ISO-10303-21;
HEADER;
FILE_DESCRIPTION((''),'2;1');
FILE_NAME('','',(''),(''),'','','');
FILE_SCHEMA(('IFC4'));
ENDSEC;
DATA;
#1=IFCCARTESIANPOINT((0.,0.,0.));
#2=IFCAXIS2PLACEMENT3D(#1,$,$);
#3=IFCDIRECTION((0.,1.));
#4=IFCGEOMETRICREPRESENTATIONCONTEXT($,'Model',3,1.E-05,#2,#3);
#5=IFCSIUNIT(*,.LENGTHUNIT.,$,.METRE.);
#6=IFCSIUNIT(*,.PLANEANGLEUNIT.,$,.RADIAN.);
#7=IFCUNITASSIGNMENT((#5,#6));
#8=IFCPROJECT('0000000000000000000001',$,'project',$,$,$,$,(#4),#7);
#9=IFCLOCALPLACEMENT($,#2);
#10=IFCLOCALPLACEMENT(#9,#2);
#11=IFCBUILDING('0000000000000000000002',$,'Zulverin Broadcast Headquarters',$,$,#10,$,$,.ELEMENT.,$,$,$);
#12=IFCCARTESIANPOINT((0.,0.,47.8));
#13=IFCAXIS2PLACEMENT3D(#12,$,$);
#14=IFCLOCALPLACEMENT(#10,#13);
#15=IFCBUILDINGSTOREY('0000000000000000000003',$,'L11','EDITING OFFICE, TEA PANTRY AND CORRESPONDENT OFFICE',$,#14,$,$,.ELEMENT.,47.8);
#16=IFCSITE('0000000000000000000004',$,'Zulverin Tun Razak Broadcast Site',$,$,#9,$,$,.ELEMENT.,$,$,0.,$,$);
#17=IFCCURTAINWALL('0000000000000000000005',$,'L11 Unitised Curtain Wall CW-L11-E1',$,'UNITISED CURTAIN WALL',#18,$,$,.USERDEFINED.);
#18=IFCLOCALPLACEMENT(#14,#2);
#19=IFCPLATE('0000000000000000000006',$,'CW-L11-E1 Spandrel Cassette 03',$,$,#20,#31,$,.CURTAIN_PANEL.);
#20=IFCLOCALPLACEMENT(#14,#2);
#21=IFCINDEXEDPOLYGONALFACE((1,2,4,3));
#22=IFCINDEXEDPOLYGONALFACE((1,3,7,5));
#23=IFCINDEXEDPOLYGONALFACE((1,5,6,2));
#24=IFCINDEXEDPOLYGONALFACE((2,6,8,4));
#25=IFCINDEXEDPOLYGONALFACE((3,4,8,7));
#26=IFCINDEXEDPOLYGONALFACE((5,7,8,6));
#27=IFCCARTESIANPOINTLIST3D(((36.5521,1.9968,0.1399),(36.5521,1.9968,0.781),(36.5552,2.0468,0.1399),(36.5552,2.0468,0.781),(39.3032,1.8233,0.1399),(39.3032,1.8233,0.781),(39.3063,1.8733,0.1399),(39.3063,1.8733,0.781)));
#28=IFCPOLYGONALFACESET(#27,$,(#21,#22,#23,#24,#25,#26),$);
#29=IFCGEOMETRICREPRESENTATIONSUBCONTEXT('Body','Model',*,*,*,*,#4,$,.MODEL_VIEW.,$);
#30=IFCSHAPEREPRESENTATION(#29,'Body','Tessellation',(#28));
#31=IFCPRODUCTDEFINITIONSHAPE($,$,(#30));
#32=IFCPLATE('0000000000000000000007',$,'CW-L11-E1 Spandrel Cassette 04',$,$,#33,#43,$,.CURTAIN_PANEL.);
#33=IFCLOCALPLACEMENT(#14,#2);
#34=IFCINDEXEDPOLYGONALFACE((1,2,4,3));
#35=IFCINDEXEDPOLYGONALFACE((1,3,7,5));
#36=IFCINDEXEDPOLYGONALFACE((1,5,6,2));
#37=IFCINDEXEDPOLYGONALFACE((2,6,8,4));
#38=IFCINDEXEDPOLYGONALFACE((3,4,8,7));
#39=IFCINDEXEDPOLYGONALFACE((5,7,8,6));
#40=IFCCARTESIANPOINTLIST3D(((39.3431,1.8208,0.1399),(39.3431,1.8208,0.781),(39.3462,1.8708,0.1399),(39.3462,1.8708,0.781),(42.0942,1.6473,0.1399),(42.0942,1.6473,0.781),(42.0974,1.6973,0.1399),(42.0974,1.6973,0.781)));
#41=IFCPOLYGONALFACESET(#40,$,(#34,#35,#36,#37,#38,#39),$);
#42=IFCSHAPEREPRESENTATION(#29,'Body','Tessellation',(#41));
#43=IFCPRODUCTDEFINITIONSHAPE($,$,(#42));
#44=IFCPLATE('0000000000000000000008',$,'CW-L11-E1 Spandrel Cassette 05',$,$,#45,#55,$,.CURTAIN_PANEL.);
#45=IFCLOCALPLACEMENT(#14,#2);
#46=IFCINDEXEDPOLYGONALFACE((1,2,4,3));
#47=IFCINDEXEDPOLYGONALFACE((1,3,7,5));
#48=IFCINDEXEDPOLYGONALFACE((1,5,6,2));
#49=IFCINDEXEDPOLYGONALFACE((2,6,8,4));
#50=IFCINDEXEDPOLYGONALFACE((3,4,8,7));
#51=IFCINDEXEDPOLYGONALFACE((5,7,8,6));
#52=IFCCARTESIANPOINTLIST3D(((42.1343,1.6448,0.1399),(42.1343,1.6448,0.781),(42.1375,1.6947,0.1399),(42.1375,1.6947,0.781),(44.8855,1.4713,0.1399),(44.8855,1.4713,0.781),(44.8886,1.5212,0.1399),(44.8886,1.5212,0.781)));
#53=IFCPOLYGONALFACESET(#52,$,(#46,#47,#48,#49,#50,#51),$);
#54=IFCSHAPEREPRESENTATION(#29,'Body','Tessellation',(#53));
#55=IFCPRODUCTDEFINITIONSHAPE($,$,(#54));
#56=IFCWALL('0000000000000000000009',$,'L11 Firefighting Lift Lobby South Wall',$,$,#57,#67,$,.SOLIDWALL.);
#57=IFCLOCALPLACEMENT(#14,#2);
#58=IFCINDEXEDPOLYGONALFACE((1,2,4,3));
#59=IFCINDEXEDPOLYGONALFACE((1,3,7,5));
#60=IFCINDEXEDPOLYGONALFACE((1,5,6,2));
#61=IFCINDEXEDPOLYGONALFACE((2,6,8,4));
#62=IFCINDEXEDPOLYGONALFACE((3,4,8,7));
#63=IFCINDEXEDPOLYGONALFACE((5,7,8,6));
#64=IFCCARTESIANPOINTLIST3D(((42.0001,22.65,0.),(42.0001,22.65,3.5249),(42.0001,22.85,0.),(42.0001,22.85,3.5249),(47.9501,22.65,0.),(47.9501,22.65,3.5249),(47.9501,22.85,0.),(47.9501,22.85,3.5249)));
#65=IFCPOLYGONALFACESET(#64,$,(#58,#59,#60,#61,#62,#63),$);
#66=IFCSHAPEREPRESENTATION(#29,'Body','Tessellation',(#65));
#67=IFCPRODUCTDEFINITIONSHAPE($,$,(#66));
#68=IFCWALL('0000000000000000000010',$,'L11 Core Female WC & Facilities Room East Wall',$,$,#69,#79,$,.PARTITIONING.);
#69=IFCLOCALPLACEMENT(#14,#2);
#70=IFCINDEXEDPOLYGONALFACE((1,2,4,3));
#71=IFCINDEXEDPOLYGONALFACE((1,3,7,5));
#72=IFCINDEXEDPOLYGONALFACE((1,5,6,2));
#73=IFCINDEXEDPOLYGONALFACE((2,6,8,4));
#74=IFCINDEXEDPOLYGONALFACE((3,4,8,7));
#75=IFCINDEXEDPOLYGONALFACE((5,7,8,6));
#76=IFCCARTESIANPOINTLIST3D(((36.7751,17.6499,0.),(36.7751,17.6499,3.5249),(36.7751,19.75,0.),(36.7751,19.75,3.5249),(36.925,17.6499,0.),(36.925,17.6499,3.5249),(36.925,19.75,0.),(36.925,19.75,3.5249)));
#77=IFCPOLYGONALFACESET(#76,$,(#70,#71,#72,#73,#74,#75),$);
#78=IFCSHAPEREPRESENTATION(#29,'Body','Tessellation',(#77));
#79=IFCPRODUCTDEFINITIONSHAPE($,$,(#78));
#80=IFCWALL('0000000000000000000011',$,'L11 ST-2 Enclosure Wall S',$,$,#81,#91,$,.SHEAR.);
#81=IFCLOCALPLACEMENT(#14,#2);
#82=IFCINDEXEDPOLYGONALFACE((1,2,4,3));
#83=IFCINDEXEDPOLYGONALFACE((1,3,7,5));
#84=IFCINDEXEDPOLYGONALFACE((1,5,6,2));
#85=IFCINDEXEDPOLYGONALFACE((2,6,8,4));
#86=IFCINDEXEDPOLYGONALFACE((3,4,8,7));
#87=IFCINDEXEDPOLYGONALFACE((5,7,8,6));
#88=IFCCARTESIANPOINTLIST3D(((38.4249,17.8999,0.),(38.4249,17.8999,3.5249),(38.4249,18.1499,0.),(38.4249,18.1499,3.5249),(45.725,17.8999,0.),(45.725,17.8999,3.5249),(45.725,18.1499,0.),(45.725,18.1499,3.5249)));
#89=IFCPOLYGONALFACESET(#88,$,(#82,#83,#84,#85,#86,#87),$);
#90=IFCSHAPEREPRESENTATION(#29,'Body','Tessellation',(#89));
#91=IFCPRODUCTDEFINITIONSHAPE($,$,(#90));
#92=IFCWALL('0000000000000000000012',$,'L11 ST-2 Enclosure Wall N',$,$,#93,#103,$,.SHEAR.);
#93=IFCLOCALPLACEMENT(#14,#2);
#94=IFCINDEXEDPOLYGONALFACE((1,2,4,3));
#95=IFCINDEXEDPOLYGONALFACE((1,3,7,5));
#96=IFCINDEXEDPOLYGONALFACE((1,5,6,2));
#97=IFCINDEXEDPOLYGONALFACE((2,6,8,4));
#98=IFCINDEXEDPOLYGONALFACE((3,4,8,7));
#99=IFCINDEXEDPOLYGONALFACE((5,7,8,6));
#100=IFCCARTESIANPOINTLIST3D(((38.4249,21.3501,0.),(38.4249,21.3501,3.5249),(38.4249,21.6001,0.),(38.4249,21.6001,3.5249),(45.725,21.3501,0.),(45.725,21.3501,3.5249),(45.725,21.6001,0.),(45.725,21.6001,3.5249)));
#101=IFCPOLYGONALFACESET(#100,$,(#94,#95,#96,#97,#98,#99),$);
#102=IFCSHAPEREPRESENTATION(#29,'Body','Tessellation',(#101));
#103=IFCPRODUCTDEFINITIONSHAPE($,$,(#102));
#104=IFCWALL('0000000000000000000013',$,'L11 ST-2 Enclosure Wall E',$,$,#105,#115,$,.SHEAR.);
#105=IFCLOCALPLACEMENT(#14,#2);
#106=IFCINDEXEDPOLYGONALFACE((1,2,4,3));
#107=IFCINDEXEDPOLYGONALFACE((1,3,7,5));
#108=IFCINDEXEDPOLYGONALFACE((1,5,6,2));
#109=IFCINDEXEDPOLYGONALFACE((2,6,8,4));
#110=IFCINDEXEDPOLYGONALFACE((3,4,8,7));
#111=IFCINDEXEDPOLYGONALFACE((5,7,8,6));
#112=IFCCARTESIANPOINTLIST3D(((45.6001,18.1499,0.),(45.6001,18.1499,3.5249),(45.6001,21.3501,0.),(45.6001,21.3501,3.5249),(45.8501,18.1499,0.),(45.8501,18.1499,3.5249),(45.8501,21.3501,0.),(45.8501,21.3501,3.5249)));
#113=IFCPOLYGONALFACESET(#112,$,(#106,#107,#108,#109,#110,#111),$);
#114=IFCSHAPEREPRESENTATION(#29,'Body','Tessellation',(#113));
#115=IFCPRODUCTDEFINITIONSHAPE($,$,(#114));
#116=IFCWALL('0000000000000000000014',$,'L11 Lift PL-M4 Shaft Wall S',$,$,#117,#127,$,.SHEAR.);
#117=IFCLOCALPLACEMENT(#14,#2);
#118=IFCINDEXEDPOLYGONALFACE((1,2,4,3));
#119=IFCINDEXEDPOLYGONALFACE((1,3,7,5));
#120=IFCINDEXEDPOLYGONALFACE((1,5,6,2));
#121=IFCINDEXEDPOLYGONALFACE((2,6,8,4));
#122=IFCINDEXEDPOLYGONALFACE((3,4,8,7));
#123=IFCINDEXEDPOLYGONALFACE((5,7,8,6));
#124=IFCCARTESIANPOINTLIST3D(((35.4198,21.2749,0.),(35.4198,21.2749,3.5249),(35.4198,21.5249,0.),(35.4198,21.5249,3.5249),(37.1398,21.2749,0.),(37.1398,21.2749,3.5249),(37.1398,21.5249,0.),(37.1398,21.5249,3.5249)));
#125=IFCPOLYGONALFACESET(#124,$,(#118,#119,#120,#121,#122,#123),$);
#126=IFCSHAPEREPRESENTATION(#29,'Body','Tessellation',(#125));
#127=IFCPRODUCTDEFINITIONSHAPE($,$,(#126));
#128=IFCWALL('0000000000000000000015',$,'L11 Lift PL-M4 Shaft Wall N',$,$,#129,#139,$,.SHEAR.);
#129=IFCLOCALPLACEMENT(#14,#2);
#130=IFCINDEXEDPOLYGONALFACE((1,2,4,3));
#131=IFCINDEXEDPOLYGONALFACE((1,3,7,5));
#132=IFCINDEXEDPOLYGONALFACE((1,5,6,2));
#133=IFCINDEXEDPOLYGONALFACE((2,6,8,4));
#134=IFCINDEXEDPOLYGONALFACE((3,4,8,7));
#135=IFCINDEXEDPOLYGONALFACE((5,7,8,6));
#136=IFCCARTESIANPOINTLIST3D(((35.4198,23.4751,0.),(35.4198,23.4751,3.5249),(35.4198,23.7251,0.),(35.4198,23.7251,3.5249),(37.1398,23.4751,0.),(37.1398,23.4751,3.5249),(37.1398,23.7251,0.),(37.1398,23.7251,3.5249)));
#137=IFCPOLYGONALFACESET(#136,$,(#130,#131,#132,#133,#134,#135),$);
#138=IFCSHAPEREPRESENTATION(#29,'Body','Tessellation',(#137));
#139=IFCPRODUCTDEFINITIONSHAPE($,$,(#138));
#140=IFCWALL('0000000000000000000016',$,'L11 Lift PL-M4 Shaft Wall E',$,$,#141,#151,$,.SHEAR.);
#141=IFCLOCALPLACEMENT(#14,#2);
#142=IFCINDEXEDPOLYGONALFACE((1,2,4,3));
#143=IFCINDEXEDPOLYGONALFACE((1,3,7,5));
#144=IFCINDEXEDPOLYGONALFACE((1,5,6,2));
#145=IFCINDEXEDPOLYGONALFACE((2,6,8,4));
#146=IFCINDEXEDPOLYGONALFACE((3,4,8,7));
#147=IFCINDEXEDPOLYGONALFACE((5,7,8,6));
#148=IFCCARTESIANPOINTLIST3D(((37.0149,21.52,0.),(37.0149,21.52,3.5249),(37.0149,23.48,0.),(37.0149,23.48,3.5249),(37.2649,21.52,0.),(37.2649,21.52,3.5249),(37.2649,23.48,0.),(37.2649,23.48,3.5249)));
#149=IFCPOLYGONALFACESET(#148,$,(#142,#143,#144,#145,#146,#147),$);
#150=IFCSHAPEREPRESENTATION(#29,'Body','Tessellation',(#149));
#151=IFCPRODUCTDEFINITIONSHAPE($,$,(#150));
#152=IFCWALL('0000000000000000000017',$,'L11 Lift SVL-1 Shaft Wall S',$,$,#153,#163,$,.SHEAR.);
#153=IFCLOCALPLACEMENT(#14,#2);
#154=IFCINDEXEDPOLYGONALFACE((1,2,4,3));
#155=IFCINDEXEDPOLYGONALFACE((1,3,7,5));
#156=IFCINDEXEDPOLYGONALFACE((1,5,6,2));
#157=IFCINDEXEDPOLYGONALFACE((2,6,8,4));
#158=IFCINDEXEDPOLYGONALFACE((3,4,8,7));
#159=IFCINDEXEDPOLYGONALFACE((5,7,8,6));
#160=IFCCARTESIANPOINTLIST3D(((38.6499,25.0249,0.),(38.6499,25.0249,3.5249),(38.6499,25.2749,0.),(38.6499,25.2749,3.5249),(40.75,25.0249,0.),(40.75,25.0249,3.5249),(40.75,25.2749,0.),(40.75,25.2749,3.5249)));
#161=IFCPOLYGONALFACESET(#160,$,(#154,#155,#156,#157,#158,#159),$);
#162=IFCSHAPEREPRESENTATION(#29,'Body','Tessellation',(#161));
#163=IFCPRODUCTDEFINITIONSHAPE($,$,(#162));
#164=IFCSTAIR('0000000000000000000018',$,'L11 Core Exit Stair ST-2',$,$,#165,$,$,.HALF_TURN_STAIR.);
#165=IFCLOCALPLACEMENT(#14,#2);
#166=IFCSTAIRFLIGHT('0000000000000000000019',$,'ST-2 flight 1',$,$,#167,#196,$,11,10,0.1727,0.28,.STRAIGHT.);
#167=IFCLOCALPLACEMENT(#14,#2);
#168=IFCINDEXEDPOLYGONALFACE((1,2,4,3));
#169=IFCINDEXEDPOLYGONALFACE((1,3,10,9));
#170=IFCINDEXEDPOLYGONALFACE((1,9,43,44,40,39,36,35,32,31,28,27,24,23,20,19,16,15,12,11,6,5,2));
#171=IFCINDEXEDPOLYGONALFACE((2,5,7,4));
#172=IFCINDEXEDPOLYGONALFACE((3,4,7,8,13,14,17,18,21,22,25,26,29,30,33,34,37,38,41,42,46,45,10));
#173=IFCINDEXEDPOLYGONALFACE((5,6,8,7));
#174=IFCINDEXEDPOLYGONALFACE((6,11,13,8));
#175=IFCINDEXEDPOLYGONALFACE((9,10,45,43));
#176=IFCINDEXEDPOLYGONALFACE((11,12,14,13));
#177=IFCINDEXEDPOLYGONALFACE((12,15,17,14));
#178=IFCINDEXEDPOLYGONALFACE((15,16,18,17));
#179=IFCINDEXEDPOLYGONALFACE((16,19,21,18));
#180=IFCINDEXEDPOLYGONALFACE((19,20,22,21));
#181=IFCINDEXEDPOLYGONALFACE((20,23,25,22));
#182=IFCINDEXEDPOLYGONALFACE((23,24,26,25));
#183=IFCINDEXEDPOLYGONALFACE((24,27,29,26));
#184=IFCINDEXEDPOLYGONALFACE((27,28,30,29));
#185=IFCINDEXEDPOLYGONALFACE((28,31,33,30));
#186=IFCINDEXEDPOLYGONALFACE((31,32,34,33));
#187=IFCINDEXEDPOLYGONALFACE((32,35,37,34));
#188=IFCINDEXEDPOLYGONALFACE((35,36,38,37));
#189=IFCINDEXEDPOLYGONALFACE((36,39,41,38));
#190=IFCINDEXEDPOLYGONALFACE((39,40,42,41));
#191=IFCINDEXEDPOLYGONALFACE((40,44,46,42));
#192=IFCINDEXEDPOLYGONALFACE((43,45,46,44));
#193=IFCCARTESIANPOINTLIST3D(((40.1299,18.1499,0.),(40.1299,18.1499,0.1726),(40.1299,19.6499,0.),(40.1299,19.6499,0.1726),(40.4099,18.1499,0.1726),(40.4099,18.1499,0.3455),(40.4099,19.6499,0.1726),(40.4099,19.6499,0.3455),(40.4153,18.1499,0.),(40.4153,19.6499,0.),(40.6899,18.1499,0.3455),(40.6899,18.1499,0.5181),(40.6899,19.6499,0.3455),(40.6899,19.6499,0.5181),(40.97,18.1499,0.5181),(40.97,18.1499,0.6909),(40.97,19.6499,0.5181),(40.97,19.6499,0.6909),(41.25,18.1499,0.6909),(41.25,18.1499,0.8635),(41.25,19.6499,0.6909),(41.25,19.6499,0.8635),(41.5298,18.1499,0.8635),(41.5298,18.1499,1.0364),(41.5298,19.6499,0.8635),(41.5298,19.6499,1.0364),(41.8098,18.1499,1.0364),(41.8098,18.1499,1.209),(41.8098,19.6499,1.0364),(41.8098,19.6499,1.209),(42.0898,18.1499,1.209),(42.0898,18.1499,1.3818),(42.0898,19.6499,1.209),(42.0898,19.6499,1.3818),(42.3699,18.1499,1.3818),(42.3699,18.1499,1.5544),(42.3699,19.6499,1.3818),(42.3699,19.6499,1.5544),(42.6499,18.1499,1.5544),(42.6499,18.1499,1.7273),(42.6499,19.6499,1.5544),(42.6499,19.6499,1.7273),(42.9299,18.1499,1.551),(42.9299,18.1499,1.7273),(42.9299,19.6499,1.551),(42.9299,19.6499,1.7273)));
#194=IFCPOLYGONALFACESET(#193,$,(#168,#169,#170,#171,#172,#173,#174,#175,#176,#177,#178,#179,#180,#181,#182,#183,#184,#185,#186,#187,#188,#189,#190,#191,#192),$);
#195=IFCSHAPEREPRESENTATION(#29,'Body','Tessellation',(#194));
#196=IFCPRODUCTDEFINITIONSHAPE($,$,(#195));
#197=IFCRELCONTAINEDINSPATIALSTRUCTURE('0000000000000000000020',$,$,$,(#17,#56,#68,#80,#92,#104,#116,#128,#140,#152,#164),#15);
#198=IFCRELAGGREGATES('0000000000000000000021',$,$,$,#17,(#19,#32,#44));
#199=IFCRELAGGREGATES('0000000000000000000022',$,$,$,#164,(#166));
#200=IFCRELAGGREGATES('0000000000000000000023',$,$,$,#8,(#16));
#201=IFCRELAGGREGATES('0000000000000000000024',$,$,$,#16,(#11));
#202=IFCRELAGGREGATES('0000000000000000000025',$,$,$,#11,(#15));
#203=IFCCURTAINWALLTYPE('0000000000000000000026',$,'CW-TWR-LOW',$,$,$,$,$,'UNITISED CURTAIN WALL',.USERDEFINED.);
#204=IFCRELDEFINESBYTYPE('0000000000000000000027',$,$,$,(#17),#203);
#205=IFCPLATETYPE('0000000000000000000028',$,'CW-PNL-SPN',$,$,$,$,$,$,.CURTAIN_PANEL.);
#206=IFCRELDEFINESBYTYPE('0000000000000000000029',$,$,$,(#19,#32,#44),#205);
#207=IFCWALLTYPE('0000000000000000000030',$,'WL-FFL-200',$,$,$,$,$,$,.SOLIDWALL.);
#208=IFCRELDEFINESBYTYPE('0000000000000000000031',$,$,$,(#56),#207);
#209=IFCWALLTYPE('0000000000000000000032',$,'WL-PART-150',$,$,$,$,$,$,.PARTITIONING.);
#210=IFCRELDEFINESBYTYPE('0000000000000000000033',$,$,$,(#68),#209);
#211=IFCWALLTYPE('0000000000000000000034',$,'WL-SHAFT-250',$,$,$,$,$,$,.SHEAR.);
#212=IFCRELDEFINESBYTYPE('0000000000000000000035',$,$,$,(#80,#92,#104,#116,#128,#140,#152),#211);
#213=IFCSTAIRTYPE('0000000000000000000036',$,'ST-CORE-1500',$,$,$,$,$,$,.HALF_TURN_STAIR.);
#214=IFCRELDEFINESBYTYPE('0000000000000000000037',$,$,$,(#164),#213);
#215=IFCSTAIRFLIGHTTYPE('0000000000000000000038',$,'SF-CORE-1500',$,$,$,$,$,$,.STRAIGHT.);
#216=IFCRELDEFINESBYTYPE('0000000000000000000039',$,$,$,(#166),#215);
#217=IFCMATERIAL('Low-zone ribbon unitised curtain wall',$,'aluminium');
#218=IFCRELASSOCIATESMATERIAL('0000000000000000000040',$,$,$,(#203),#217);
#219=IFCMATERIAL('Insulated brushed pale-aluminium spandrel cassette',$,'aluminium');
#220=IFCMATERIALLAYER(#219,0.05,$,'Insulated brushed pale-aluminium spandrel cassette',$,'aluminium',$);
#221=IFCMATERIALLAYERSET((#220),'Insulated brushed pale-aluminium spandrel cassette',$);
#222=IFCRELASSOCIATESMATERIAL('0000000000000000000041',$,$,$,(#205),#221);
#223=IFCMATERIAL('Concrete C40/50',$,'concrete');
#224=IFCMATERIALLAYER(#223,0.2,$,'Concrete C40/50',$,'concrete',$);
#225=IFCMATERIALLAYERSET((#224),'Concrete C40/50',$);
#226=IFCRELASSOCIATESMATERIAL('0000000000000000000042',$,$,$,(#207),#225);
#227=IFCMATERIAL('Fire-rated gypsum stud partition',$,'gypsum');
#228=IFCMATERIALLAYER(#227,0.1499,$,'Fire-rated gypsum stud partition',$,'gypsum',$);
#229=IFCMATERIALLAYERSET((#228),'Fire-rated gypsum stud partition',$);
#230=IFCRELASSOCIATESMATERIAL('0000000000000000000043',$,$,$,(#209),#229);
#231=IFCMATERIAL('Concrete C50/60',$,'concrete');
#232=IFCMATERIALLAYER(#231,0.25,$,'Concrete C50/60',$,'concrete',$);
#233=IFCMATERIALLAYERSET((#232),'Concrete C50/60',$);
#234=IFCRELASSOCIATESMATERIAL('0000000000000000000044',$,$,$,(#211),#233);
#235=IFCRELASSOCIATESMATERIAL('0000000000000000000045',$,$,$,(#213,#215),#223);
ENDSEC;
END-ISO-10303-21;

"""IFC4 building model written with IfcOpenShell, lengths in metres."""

from ifc_helpers import new_model, si_unit, direction, frame, frame_2d, origin, origin_2d, place, context, subcontext, project, spatial, polyline, rectangle, outline, extrude, material, layer, layer_set, type_object, element, aggregate, save


model = new_model("IFC4")

# Units and contexts
model_context = context("Model", 3, precision=1e-05, world=origin(), true_north=direction((0.0, 1.0)))
body_context = subcontext(model_context, "Body", "Model", "MODEL_VIEW")
ifc_project = project(units=[si_unit("LENGTHUNIT", "METRE"), si_unit("PLANEANGLEUNIT", "RADIAN")], contexts=[model_context])

# Site, building, storey
site_placement = place(None, origin())
site = spatial("IfcSite", under=ifc_project, at=site_placement, Name="Zulverin Tun Razak Broadcast Site", CompositionType="ELEMENT", RefElevation=0.0)
building_placement = place(site_placement, origin())
building = spatial("IfcBuilding", under=site, at=building_placement, Name="Zulverin Broadcast Headquarters", CompositionType="ELEMENT")
storey_placement = place(building_placement, frame((0.0, 0.0, 47.8)))
storey = spatial("IfcBuildingStorey", under=building, at=storey_placement, Name="L11", Description="EDITING OFFICE, TEA PANTRY AND CORRESPONDENT OFFICE", CompositionType="ELEMENT", Elevation=47.8)

# Curtain wall, plates
ifc_material_1 = material(Name="Low-zone ribbon unitised curtain wall", Category="aluminium")
curtain_wall_type = type_object("IfcCurtainWallType", Name="CW-TWR-LOW", ElementType="UNITISED CURTAIN WALL", PredefinedType="USERDEFINED", material=ifc_material_1)
curtain_wall_placement = place(storey_placement, origin())
curtain_wall = element("IfcCurtainWall", 1, at=curtain_wall_placement, inside=storey, type_object=curtain_wall_type, Name="L11 Unitised Curtain Wall CW-L11-E1", ObjectType="UNITISED CURTAIN WALL", PredefinedType="USERDEFINED")
ifc_material_2 = material(Name="Insulated brushed pale-aluminium spandrel cassette", Category="aluminium")
ifc_layer_1 = layer(ifc_material_2, 0.05, Name="Insulated brushed pale-aluminium spandrel cassette", Category="aluminium")
ifc_layer_set_1 = layer_set([ifc_layer_1], Name="Insulated brushed pale-aluminium spandrel cassette")
plate_type_1 = type_object("IfcPlateType", Name="CW-PNL-SPN", PredefinedType="CURTAIN_PANEL", material=ifc_layer_set_1)
plate_1_placement = place(storey_placement, frame((37.9292, 1.9351, 0.1399), z_axis=(0.0, 0.0, 1.0), x_axis=(0.998017, -0.062942, 0.0)))
plate_1 = element("IfcPlate", 2, at=plate_1_placement, type_object=plate_type_1, Name="CW-L11-E1 Spandrel Cassette 03", PredefinedType="CURTAIN_PANEL", context=body_context, shape_type="SweptSolid", body=[
    extrude(rectangle(XDim=2.7566, YDim=0.05, at=origin_2d()), origin(), (0.0, 0.0, 1.0), 0.6411),
])
plate_2_placement = place(storey_placement, frame((40.7202, 1.759, 0.1399), z_axis=(0.0, 0.0, 1.0), x_axis=(0.998017, -0.062942, 0.0)))
plate_2 = element("IfcPlate", 3, at=plate_2_placement, type_object=plate_type_1, Name="CW-L11-E1 Spandrel Cassette 04", PredefinedType="CURTAIN_PANEL", context=body_context, shape_type="SweptSolid", body=[
    extrude(rectangle(XDim=2.7566, YDim=0.05, at=origin_2d()), origin(), (0.0, 0.0, 1.0), 0.6411),
])
plate_3_placement = place(storey_placement, frame((43.5115, 1.583, 0.1399), z_axis=(0.0, 0.0, 1.0), x_axis=(0.998017, -0.062942, 0.0)))
plate_3 = element("IfcPlate", 4, at=plate_3_placement, type_object=plate_type_1, Name="CW-L11-E1 Spandrel Cassette 05", PredefinedType="CURTAIN_PANEL", context=body_context, shape_type="SweptSolid", body=[
    extrude(rectangle(XDim=2.7566, YDim=0.05, at=origin_2d()), origin(), (0.0, 0.0, 1.0), 0.6411),
])
aggregate(curtain_wall, [plate_1, plate_2, plate_3])

# Shared definitions
ifc_material_3 = material(Name="Concrete C40/50", Category="concrete")
ifc_layer_2 = layer(ifc_material_3, 0.2, Name="Concrete C40/50", Category="concrete")
ifc_layer_set_2 = layer_set([ifc_layer_2], Name="Concrete C40/50")
wall_type_1 = type_object("IfcWallType", Name="WL-FFL-200", PredefinedType="SOLIDWALL", material=ifc_layer_set_2)

# Walls
wall_1_placement = place(storey_placement, frame((42.0, 22.75, 0.0), z_axis=(0.0, 0.0, 1.0), x_axis=(1.0, 0.0, 0.0)))
element("IfcWall", 5, at=wall_1_placement, inside=storey, type_object=wall_type_1, Name="L11 Firefighting Lift Lobby South Wall", PredefinedType="SOLIDWALL", context=body_context, shape_type="SweptSolid", body=[
    extrude(rectangle(XDim=5.95, YDim=0.2, at=frame_2d((2.9751, 0.0))), origin(), (0.0, 0.0, 1.0), 3.5249),
])
ifc_material_4 = material(Name="Fire-rated gypsum stud partition", Category="gypsum")
ifc_layer_3 = layer(ifc_material_4, 0.1499, Name="Fire-rated gypsum stud partition", Category="gypsum")
ifc_layer_set_3 = layer_set([ifc_layer_3], Name="Fire-rated gypsum stud partition")
wall_type_2 = type_object("IfcWallType", Name="WL-PART-150", PredefinedType="PARTITIONING", material=ifc_layer_set_3)
wall_2_placement = place(storey_placement, frame((36.8501, 17.6499, 0.0), z_axis=(0.0, 0.0, 1.0), x_axis=(0.0, 1.0, 0.0)))
element("IfcWall", 6, at=wall_2_placement, inside=storey, type_object=wall_type_2, Name="L11 Core Female WC & Facilities Room East Wall", PredefinedType="PARTITIONING", context=body_context, shape_type="SweptSolid", body=[
    extrude(rectangle(XDim=2.1001, YDim=0.1499, at=frame_2d((1.05, 0.0))), origin(), (0.0, 0.0, 1.0), 3.5249),
])
ifc_material_5 = material(Name="Concrete C50/60", Category="concrete")
ifc_layer_4 = layer(ifc_material_5, 0.25, Name="Concrete C50/60", Category="concrete")
ifc_layer_set_4 = layer_set([ifc_layer_4], Name="Concrete C50/60")
wall_type_3 = type_object("IfcWallType", Name="WL-SHAFT-250", PredefinedType="SHEAR", material=ifc_layer_set_4)
for number, where, z_axis, x_axis, name in (
    (7, (38.425, 18.0249, 0.0), (0.0, 0.0, 1.0), (1.0, 0.0, 0.0), "L11 ST-2 Enclosure Wall S"),
    (8, (38.425, 21.4751, 0.0), (0.0, 0.0, 1.0), (1.0, 0.0, 0.0), "L11 ST-2 Enclosure Wall N"),
):
    element("IfcWall", number, at=place(storey_placement, frame(where, z_axis=z_axis, x_axis=x_axis)), inside=storey, type_object=wall_type_3, Name=name, PredefinedType="SHEAR", context=body_context, shape_type="SweptSolid", body=[
        extrude(rectangle(XDim=7.3, YDim=0.25, at=frame_2d((3.6499, 0.0))), origin(), (0.0, 0.0, 1.0), 3.5249),
    ])

# Walls
wall_3_placement = place(storey_placement, frame((45.7251, 18.1499, 0.0), z_axis=(0.0, 0.0, 1.0), x_axis=(0.0, 1.0, 0.0)))
element("IfcWall", 9, at=wall_3_placement, inside=storey, type_object=wall_type_3, Name="L11 ST-2 Enclosure Wall E", PredefinedType="SHEAR", context=body_context, shape_type="SweptSolid", body=[
    extrude(rectangle(XDim=3.2002, YDim=0.25, at=frame_2d((1.6001, 0.0))), origin(), (0.0, 0.0, 1.0), 3.5249),
])
for number, where, z_axis, x_axis, name in (
    (10, (35.4199, 21.3999, 0.0), (0.0, 0.0, 1.0), (1.0, 0.0, 0.0), "L11 Lift PL-M4 Shaft Wall S"),
    (11, (35.4199, 23.6001, 0.0), (0.0, 0.0, 1.0), (1.0, 0.0, 0.0), "L11 Lift PL-M4 Shaft Wall N"),
):
    element("IfcWall", number, at=place(storey_placement, frame(where, z_axis=z_axis, x_axis=x_axis)), inside=storey, type_object=wall_type_3, Name=name, PredefinedType="SHEAR", context=body_context, shape_type="SweptSolid", body=[
        extrude(rectangle(XDim=1.72, YDim=0.25, at=frame_2d((0.8599, 0.0))), origin(), (0.0, 0.0, 1.0), 3.5249),
    ])
wall_4_placement = place(storey_placement, frame((37.1399, 21.52, 0.0), z_axis=(0.0, 0.0, 1.0), x_axis=(0.0, 1.0, 0.0)))
element("IfcWall", 12, at=wall_4_placement, inside=storey, type_object=wall_type_3, Name="L11 Lift PL-M4 Shaft Wall E", PredefinedType="SHEAR", context=body_context, shape_type="SweptSolid", body=[
    extrude(rectangle(XDim=1.96, YDim=0.25, at=frame_2d((0.98, 0.0))), origin(), (0.0, 0.0, 1.0), 3.5249),
])
wall_5_placement = place(storey_placement, frame((38.6499, 25.1499, 0.0), z_axis=(0.0, 0.0, 1.0), x_axis=(1.0, 0.0, 0.0)))
element("IfcWall", 13, at=wall_5_placement, inside=storey, type_object=wall_type_3, Name="L11 Lift SVL-1 Shaft Wall S", PredefinedType="SHEAR", context=body_context, shape_type="SweptSolid", body=[
    extrude(rectangle(XDim=2.1001, YDim=0.25, at=frame_2d((1.05, 0.0))), origin(), (0.0, 0.0, 1.0), 3.5249),
])

# Stair, stair flight
stair_type = type_object("IfcStairType", Name="ST-CORE-1500", PredefinedType="HALF_TURN_STAIR", material=ifc_material_3)
stair_placement = place(storey_placement, origin())
stair = element("IfcStair", 14, at=stair_placement, inside=storey, type_object=stair_type, Name="L11 Core Exit Stair ST-2", PredefinedType="HALF_TURN_STAIR")
stair_flight_type = type_object("IfcStairFlightType", Name="SF-CORE-1500", PredefinedType="STRAIGHT", material=ifc_material_3)
stair_flight_1_placement = place(storey_placement, frame((40.1299, 18.8999, 0.0), z_axis=(0.0, 0.0, 1.0), x_axis=(1.0, 0.0, 0.0)))
stair_flight_1 = element("IfcStairFlight", 15, at=stair_flight_1_placement, type_object=stair_flight_type, Name="ST-2 flight 1", NumberOfRisers=11, NumberOfTreads=10, PredefinedType="STRAIGHT", RiserHeight=0.1727, TreadLength=0.28, context=body_context, shape_type="SweptSolid", body=[
    extrude(outline(polyline([(0.0, 0.0), (0.0, 0.1726), (0.28, 0.1726), (0.28, 0.3455), (0.5601, 0.3455), (0.5601, 0.5181), (0.8401, 0.5181), (0.8401, 0.6909), (1.1201, 0.6909), (1.1201, 0.8635), (1.3999, 0.8635), (1.3999, 1.0364), (1.6799, 1.0364), (1.6799, 1.209), (1.96, 1.209), (1.96, 1.3818), (2.24, 1.3818), (2.24, 1.5544), (2.52, 1.5544), (2.52, 1.7273), (2.8, 1.7273), (2.8, 1.8999), (2.8, 1.551), (0.2854, 0.0), (0.0, 0.0)])), frame((0.0, 0.75, 0.0), z_axis=(0.0, -1.0, 0.0), x_axis=(1.0, 0.0, 0.0)), (0.0, 0.0, 1.0), 1.5),
])
aggregate(stair, [stair_flight_1])

save(model, "model.ifc")
